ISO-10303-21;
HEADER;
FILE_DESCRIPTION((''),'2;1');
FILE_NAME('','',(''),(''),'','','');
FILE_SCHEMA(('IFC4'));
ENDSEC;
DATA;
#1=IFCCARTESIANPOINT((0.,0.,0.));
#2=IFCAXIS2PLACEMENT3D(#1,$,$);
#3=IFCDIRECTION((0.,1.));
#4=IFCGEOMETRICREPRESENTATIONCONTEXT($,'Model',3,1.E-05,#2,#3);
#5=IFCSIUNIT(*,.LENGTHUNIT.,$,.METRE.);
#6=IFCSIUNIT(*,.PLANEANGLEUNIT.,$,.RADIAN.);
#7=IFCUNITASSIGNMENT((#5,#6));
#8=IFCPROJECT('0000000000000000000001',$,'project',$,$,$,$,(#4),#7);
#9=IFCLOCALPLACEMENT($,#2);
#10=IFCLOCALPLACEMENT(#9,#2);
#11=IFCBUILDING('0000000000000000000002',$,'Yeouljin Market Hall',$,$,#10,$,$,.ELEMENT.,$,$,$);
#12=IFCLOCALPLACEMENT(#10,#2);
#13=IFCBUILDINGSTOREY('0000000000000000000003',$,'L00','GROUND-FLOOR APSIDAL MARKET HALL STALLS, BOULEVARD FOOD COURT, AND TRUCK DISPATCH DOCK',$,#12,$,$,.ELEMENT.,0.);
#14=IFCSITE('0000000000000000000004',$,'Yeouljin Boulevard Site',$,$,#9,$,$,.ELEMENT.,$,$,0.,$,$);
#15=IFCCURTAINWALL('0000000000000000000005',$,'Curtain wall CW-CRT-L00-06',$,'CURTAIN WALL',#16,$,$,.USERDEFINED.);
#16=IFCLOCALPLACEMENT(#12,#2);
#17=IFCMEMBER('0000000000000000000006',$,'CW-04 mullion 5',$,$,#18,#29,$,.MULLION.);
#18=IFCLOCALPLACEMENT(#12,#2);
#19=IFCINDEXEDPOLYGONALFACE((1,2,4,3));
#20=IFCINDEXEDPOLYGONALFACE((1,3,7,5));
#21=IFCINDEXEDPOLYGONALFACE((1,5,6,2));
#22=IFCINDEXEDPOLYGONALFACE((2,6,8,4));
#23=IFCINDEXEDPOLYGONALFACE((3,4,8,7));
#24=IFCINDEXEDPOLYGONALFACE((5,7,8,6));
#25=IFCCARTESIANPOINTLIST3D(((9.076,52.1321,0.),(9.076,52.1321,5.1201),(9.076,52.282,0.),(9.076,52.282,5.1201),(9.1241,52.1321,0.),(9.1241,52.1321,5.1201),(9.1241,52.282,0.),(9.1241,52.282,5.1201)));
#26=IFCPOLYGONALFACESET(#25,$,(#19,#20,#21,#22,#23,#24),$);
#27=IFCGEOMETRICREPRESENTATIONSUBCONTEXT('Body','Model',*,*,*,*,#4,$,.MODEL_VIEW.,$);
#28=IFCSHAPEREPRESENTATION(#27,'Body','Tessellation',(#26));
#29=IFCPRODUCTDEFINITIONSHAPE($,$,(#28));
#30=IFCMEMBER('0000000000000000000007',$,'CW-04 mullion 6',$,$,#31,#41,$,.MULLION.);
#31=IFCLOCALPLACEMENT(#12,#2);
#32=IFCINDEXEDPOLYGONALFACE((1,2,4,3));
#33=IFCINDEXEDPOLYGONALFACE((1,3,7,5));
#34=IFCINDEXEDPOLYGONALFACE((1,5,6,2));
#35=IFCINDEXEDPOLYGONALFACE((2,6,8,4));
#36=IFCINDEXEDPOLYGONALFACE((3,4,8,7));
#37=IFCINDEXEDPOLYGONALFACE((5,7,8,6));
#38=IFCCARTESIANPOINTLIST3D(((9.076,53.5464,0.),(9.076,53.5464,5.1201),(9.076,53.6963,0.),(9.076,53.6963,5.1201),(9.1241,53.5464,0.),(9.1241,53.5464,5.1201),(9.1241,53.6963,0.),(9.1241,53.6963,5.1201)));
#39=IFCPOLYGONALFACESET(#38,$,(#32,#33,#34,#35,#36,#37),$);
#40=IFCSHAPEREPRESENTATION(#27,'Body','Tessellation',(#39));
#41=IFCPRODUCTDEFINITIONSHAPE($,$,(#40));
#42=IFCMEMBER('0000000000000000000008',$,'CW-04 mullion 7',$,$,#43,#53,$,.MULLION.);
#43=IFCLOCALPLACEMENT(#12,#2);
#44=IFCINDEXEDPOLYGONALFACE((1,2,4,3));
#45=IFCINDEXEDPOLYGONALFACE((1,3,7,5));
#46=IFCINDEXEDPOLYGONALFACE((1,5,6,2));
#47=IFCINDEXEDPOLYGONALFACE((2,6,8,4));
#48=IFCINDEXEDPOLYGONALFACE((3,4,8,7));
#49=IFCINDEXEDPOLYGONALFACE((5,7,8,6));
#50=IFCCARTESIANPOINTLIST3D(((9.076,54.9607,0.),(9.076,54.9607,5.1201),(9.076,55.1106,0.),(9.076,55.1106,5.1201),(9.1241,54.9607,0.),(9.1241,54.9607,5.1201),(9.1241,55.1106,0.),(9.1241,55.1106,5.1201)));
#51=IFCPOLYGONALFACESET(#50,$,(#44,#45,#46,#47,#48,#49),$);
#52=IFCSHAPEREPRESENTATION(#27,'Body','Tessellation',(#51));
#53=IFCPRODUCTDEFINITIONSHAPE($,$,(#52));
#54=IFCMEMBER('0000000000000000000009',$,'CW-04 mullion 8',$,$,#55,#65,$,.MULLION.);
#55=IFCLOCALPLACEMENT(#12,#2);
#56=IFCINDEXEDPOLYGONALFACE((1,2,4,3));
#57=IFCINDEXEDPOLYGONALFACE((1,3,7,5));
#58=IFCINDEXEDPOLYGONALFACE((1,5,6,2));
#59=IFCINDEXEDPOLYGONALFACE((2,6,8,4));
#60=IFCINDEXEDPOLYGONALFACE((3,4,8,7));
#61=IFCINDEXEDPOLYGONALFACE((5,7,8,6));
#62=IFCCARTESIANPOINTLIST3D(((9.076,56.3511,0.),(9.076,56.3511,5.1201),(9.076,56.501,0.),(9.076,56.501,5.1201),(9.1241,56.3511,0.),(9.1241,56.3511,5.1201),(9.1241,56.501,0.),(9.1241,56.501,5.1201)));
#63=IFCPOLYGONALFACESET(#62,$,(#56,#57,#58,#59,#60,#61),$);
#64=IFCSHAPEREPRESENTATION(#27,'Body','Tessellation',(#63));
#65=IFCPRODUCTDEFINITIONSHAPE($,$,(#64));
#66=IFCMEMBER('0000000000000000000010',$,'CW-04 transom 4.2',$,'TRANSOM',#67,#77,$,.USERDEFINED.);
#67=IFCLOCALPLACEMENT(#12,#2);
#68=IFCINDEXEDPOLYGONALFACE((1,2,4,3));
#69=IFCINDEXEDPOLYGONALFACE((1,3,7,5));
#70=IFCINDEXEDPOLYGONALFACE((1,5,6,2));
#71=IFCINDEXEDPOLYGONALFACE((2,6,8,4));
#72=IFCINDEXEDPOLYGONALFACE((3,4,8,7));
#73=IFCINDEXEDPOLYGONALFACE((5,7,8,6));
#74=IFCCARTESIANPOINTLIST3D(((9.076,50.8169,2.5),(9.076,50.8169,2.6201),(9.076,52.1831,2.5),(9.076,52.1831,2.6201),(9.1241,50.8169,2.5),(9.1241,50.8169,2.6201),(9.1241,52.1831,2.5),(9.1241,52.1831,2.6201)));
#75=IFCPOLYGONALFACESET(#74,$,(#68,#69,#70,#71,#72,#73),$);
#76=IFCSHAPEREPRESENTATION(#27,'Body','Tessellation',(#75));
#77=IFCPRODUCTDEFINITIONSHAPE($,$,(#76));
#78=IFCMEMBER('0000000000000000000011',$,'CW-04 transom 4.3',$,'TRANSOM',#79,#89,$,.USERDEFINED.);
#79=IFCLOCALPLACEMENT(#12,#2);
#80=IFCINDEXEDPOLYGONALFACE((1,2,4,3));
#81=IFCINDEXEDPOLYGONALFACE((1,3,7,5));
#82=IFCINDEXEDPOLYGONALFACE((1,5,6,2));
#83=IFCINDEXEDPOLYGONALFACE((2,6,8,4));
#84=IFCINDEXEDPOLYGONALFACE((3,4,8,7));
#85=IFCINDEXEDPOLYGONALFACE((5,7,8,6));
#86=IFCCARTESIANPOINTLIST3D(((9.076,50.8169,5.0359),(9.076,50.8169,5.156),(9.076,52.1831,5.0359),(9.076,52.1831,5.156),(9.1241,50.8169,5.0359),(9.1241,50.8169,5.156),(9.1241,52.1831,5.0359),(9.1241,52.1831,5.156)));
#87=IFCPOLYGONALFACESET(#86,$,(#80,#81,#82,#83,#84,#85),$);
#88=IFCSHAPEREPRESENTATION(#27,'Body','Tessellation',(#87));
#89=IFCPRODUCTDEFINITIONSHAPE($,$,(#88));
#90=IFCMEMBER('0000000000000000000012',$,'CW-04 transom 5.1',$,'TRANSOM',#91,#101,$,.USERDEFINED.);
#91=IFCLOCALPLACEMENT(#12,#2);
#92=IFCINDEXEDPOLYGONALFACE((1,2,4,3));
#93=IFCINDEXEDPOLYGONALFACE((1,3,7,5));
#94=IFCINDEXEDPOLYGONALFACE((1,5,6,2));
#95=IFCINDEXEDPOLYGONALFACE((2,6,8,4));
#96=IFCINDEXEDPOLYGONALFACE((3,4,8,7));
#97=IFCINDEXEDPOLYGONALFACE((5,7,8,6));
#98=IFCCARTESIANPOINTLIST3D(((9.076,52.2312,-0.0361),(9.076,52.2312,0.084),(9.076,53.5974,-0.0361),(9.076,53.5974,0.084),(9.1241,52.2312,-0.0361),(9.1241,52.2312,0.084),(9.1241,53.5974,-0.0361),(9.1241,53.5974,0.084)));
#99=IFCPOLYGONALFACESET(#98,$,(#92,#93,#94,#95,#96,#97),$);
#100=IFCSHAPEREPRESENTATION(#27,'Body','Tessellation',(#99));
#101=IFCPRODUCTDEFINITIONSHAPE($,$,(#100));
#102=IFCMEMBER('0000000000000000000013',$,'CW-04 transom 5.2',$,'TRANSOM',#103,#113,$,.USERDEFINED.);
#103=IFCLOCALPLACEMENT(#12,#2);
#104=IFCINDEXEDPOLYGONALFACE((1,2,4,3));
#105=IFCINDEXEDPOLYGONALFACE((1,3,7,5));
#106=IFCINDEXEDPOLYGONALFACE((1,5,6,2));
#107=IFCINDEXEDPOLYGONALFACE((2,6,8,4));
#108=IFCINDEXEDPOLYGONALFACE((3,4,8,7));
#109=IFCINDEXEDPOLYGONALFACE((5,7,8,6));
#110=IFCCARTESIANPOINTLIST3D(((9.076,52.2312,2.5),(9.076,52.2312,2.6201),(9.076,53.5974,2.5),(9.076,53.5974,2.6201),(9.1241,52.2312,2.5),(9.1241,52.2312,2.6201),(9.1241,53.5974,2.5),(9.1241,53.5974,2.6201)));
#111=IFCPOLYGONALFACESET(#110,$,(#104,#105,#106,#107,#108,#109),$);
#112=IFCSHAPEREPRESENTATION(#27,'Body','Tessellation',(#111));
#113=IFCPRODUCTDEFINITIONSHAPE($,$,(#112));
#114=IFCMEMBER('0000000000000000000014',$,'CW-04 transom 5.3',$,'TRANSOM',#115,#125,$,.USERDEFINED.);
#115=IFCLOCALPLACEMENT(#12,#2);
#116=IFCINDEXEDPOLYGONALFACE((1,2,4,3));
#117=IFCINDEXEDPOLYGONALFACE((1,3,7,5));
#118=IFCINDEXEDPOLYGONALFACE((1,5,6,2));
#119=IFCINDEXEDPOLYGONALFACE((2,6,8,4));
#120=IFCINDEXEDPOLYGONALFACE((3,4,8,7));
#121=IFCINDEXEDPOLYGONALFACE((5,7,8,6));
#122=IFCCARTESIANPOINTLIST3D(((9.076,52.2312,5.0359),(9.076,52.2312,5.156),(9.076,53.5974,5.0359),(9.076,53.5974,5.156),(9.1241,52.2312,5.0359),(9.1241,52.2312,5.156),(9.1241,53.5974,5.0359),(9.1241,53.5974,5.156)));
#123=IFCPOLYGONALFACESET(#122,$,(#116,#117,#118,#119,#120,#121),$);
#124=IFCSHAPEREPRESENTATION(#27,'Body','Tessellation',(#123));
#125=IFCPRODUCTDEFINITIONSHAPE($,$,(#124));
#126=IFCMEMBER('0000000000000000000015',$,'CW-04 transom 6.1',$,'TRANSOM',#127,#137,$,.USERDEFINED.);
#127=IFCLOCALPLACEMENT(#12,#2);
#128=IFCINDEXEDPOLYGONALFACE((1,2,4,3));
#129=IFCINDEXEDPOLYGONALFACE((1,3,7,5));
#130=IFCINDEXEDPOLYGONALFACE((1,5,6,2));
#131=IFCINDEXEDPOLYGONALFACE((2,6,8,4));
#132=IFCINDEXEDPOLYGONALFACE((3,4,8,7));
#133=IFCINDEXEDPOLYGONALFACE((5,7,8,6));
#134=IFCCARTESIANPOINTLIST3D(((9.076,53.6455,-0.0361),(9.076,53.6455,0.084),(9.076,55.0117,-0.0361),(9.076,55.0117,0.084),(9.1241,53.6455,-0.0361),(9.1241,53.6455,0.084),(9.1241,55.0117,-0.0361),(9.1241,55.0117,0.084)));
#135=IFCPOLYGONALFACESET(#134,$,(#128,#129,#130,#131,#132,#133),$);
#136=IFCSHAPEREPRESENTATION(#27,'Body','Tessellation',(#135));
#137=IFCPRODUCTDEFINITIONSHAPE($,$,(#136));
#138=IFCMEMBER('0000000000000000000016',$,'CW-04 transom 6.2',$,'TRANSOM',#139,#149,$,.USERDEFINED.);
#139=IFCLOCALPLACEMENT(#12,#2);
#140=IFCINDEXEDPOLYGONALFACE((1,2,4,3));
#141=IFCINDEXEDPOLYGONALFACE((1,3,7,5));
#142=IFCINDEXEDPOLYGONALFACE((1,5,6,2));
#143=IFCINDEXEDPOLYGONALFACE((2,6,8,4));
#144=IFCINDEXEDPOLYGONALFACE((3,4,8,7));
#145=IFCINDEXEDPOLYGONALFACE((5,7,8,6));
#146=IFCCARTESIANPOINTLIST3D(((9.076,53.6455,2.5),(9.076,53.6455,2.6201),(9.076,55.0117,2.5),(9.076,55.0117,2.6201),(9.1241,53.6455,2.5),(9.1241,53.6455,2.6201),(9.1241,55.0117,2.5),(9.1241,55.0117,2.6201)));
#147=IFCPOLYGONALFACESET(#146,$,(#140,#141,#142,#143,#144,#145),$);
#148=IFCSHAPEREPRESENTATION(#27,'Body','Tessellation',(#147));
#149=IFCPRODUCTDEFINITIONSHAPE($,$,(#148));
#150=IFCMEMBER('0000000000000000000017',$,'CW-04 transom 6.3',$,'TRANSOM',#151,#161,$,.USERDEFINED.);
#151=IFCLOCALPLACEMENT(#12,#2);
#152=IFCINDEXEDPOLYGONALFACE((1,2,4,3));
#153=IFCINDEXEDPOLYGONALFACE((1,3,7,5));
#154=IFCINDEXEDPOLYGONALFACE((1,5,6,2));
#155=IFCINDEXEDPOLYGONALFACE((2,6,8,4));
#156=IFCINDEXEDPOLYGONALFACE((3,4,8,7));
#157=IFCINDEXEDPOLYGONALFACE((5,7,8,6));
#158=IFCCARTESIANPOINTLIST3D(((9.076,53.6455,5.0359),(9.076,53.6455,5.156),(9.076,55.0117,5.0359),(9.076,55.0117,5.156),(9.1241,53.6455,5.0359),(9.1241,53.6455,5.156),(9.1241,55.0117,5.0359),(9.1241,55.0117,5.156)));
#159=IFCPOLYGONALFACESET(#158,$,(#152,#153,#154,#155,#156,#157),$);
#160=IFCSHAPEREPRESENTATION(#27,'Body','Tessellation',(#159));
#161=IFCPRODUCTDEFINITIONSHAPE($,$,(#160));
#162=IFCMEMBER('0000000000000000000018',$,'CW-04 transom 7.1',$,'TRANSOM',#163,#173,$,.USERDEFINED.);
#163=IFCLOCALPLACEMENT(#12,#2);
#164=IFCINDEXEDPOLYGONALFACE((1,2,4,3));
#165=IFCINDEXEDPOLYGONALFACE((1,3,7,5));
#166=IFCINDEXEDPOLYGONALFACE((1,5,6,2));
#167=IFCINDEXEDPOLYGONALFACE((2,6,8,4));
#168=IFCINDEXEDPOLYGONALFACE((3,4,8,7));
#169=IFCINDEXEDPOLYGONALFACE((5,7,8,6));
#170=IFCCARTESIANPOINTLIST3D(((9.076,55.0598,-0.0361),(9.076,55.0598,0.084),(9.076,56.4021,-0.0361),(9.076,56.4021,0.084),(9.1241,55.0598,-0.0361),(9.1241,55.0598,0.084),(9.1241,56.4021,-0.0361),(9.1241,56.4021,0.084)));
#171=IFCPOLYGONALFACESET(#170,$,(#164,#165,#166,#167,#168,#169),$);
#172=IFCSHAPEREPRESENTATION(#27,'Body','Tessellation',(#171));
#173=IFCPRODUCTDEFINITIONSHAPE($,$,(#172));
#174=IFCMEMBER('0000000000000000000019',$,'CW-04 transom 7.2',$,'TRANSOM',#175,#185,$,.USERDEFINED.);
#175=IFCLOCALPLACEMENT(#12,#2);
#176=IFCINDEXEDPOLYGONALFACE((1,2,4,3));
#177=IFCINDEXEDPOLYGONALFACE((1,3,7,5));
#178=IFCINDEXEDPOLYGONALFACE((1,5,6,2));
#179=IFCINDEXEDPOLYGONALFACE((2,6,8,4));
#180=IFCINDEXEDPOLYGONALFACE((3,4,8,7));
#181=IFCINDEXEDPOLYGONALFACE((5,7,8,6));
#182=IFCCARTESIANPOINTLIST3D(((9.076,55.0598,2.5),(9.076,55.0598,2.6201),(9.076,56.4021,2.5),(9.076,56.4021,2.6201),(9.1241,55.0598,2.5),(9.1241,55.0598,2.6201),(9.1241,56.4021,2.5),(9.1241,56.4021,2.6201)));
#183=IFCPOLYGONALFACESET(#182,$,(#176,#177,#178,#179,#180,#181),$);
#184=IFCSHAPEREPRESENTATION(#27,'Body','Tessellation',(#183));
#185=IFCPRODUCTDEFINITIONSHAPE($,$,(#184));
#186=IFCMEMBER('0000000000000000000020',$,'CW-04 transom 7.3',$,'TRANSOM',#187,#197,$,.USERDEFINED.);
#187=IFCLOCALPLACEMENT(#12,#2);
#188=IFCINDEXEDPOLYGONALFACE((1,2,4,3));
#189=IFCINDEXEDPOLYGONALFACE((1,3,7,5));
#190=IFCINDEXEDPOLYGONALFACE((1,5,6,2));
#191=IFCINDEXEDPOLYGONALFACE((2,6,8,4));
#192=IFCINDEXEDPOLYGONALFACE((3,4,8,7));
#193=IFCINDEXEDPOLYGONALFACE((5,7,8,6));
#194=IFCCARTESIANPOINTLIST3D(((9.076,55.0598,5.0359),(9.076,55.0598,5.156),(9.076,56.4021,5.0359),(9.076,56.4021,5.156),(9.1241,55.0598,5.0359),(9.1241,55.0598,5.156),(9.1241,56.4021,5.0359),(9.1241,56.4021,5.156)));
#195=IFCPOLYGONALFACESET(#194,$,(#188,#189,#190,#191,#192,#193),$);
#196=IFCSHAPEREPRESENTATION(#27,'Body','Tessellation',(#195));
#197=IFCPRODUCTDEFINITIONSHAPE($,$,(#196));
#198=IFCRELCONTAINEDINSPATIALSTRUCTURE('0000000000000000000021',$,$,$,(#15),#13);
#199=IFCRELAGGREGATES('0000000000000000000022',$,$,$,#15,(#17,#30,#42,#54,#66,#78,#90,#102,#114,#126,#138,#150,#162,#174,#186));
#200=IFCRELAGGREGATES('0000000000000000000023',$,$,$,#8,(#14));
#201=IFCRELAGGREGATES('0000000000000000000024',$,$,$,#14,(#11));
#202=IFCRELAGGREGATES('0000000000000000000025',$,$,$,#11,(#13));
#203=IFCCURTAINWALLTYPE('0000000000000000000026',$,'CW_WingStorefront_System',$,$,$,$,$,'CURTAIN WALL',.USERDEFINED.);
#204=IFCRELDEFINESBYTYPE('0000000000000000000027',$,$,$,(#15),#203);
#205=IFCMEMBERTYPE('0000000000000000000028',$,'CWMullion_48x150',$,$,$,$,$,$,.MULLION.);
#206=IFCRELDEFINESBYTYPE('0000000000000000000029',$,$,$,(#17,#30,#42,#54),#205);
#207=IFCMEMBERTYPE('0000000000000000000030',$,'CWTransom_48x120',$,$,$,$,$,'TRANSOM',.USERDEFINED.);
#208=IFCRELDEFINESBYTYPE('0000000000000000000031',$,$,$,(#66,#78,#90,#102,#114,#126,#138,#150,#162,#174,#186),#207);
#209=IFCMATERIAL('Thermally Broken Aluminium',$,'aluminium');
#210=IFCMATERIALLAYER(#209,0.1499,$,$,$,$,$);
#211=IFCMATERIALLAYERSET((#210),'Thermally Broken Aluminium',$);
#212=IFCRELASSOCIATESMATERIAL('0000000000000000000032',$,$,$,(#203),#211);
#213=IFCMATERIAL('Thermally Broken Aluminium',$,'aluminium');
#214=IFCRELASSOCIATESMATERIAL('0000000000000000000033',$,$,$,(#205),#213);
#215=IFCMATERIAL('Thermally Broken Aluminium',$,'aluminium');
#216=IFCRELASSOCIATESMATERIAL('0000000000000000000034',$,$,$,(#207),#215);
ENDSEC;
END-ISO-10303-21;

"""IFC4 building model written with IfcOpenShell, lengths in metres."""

from ifc_helpers import new_model, si_unit, direction, frame, origin, origin_2d, place, context, subcontext, project, spatial, rectangle, extrude, material, layer, layer_set, material_profile, profile_set, type_object, element, aggregate, save


model = new_model("IFC4")

# Units and contexts
model_context = context("Model", 3, precision=1e-05, world=origin(), true_north=direction((0.0, 1.0)))
body_context = subcontext(model_context, "Body", "Model", "MODEL_VIEW")
ifc_project = project(units=[si_unit("LENGTHUNIT", "METRE"), si_unit("PLANEANGLEUNIT", "RADIAN")], contexts=[model_context])

# Site, building, storey
site_placement = place(None, origin())
site = spatial("IfcSite", under=ifc_project, at=site_placement, Name="Yeouljin Boulevard Site", CompositionType="ELEMENT", RefElevation=0.0)
building_placement = place(site_placement, origin())
building = spatial("IfcBuilding", under=site, at=building_placement, Name="Yeouljin Market Hall", CompositionType="ELEMENT")
storey_placement = place(building_placement, origin())
storey = spatial("IfcBuildingStorey", under=building, at=storey_placement, Name="L00", Description="GROUND-FLOOR APSIDAL MARKET HALL STALLS, BOULEVARD FOOD COURT, AND TRUCK DISPATCH DOCK", CompositionType="ELEMENT", Elevation=0.0)

# Curtain wall, members
ifc_material_1 = material(Name="Thermally Broken Aluminium", Category="aluminium")
ifc_layer_1 = layer(ifc_material_1, 0.1499)
ifc_layer_set_1 = layer_set([ifc_layer_1], Name="Thermally Broken Aluminium")
curtain_wall_type_1 = type_object("IfcCurtainWallType", Name="CW_WingStorefront_System", ElementType="CURTAIN WALL", PredefinedType="USERDEFINED", material=ifc_layer_set_1)
curtain_wall_1_placement = place(storey_placement, origin())
curtain_wall_1 = element("IfcCurtainWall", 1, at=curtain_wall_1_placement, inside=storey, type_object=curtain_wall_type_1, Name="Curtain wall CW-CRT-L00-06", ObjectType="CURTAIN WALL", PredefinedType="USERDEFINED")
ifc_material_2 = material(Name="Thermally Broken Aluminium", Category="aluminium")
ifc_material_profile_1 = material_profile(ifc_material_2, rectangle(XDim=0.0481, YDim=0.1499, at=origin_2d()), Name="CW-MULL-48x150")
ifc_profile_set_1 = profile_set([ifc_material_profile_1], Name="Thermally Broken Aluminium")
member_type_1 = type_object("IfcMemberType", Name="CWMullion_48x150", PredefinedType="MULLION", material=ifc_profile_set_1)
member_1_placement = place(storey_placement, frame((9.1001, 52.207, 0.0), z_axis=(0.0, 0.0, 1.0), x_axis=(-1.0, 0.0, 0.0)))
member_1 = element("IfcMember", 2, at=member_1_placement, type_object=member_type_1, Name="CW-04 mullion 5", PredefinedType="MULLION", context=body_context, shape_type="SweptSolid", body=[
    extrude(rectangle(XDim=0.0481, YDim=0.1499, at=origin_2d()), origin(), (0.0, 0.0, 1.0), 5.1201),
])
member_2_placement = place(storey_placement, frame((9.1001, 53.6213, 0.0), z_axis=(0.0, 0.0, 1.0), x_axis=(-1.0, 0.0, 0.0)))
member_2 = element("IfcMember", 3, at=member_2_placement, type_object=member_type_1, Name="CW-04 mullion 6", PredefinedType="MULLION", context=body_context, shape_type="SweptSolid", body=[
    extrude(rectangle(XDim=0.0481, YDim=0.1499, at=origin_2d()), origin(), (0.0, 0.0, 1.0), 5.1201),
])
member_3_placement = place(storey_placement, frame((9.1001, 55.0356, 0.0), z_axis=(0.0, 0.0, 1.0), x_axis=(-1.0, 0.0, 0.0)))
member_3 = element("IfcMember", 4, at=member_3_placement, type_object=member_type_1, Name="CW-04 mullion 7", PredefinedType="MULLION", context=body_context, shape_type="SweptSolid", body=[
    extrude(rectangle(XDim=0.0481, YDim=0.1499, at=origin_2d()), origin(), (0.0, 0.0, 1.0), 5.1201),
])
member_4_placement = place(storey_placement, frame((9.1001, 56.426, 0.0), z_axis=(0.0, 0.0, 1.0), x_axis=(-1.0, 0.0, 0.0)))
member_4 = element("IfcMember", 5, at=member_4_placement, type_object=member_type_1, Name="CW-04 mullion 8", PredefinedType="MULLION", context=body_context, shape_type="SweptSolid", body=[
    extrude(rectangle(XDim=0.0481, YDim=0.1499, at=origin_2d()), origin(), (0.0, 0.0, 1.0), 5.1201),
])
ifc_material_3 = material(Name="Thermally Broken Aluminium", Category="aluminium")
ifc_material_profile_2 = material_profile(ifc_material_3, rectangle(XDim=0.0481, YDim=0.1201, at=origin_2d()), Name="CW-TRAN-48x120")
ifc_profile_set_2 = profile_set([ifc_material_profile_2], Name="Thermally Broken Aluminium")
member_type_2 = type_object("IfcMemberType", Name="CWTransom_48x120", ElementType="TRANSOM", PredefinedType="USERDEFINED", material=ifc_profile_set_2)
member_5_placement = place(storey_placement, frame((9.1001, 50.8169, 2.5601), z_axis=(0.0, 1.0, 0.0), x_axis=(-1.0, 0.0, 0.0)))
member_5 = element("IfcMember", 6, at=member_5_placement, type_object=member_type_2, Name="CW-04 transom 4.2", ObjectType="TRANSOM", PredefinedType="USERDEFINED", context=body_context, shape_type="SweptSolid", body=[
    extrude(rectangle(XDim=0.0481, YDim=0.1201, at=origin_2d()), origin(), (0.0, 0.0, 1.0), 1.3662),
])
member_6_placement = place(storey_placement, frame((9.1001, 50.8169, 5.0959), z_axis=(0.0, 1.0, 0.0), x_axis=(-1.0, 0.0, 0.0)))
member_6 = element("IfcMember", 7, at=member_6_placement, type_object=member_type_2, Name="CW-04 transom 4.3", ObjectType="TRANSOM", PredefinedType="USERDEFINED", context=body_context, shape_type="SweptSolid", body=[
    extrude(rectangle(XDim=0.0481, YDim=0.1201, at=origin_2d()), origin(), (0.0, 0.0, 1.0), 1.3662),
])
member_7_placement = place(storey_placement, frame((9.1001, 52.2312, 0.0239), z_axis=(0.0, 1.0, 0.0), x_axis=(-1.0, 0.0, 0.0)))
member_7 = element("IfcMember", 8, at=member_7_placement, type_object=member_type_2, Name="CW-04 transom 5.1", ObjectType="TRANSOM", PredefinedType="USERDEFINED", context=body_context, shape_type="SweptSolid", body=[
    extrude(rectangle(XDim=0.0481, YDim=0.1201, at=origin_2d()), origin(), (0.0, 0.0, 1.0), 1.3662),
])
member_8_placement = place(storey_placement, frame((9.1001, 52.2312, 2.5601), z_axis=(0.0, 1.0, 0.0), x_axis=(-1.0, 0.0, 0.0)))
member_8 = element("IfcMember", 9, at=member_8_placement, type_object=member_type_2, Name="CW-04 transom 5.2", ObjectType="TRANSOM", PredefinedType="USERDEFINED", context=body_context, shape_type="SweptSolid", body=[
    extrude(rectangle(XDim=0.0481, YDim=0.1201, at=origin_2d()), origin(), (0.0, 0.0, 1.0), 1.3662),
])
member_9_placement = place(storey_placement, frame((9.1001, 52.2312, 5.0959), z_axis=(0.0, 1.0, 0.0), x_axis=(-1.0, 0.0, 0.0)))
member_9 = element("IfcMember", 10, at=member_9_placement, type_object=member_type_2, Name="CW-04 transom 5.3", ObjectType="TRANSOM", PredefinedType="USERDEFINED", context=body_context, shape_type="SweptSolid", body=[
    extrude(rectangle(XDim=0.0481, YDim=0.1201, at=origin_2d()), origin(), (0.0, 0.0, 1.0), 1.3662),
])
member_10_placement = place(storey_placement, frame((9.1001, 53.6455, 0.0239), z_axis=(0.0, 1.0, 0.0), x_axis=(-1.0, 0.0, 0.0)))
member_10 = element("IfcMember", 11, at=member_10_placement, type_object=member_type_2, Name="CW-04 transom 6.1", ObjectType="TRANSOM", PredefinedType="USERDEFINED", context=body_context, shape_type="SweptSolid", body=[
    extrude(rectangle(XDim=0.0481, YDim=0.1201, at=origin_2d()), origin(), (0.0, 0.0, 1.0), 1.3662),
])
member_11_placement = place(storey_placement, frame((9.1001, 53.6455, 2.5601), z_axis=(0.0, 1.0, 0.0), x_axis=(-1.0, 0.0, 0.0)))
member_11 = element("IfcMember", 12, at=member_11_placement, type_object=member_type_2, Name="CW-04 transom 6.2", ObjectType="TRANSOM", PredefinedType="USERDEFINED", context=body_context, shape_type="SweptSolid", body=[
    extrude(rectangle(XDim=0.0481, YDim=0.1201, at=origin_2d()), origin(), (0.0, 0.0, 1.0), 1.3662),
])
member_12_placement = place(storey_placement, frame((9.1001, 53.6455, 5.0959), z_axis=(0.0, 1.0, 0.0), x_axis=(-1.0, 0.0, 0.0)))
member_12 = element("IfcMember", 13, at=member_12_placement, type_object=member_type_2, Name="CW-04 transom 6.3", ObjectType="TRANSOM", PredefinedType="USERDEFINED", context=body_context, shape_type="SweptSolid", body=[
    extrude(rectangle(XDim=0.0481, YDim=0.1201, at=origin_2d()), origin(), (0.0, 0.0, 1.0), 1.3662),
])
member_13_placement = place(storey_placement, frame((9.1001, 55.0598, 0.0239), z_axis=(0.0, 1.0, 0.0), x_axis=(-1.0, 0.0, 0.0)))
member_13 = element("IfcMember", 14, at=member_13_placement, type_object=member_type_2, Name="CW-04 transom 7.1", ObjectType="TRANSOM", PredefinedType="USERDEFINED", context=body_context, shape_type="SweptSolid", body=[
    extrude(rectangle(XDim=0.0481, YDim=0.1201, at=origin_2d()), origin(), (0.0, 0.0, 1.0), 1.3423),
])
member_14_placement = place(storey_placement, frame((9.1001, 55.0598, 2.5601), z_axis=(0.0, 1.0, 0.0), x_axis=(-1.0, 0.0, 0.0)))
member_14 = element("IfcMember", 15, at=member_14_placement, type_object=member_type_2, Name="CW-04 transom 7.2", ObjectType="TRANSOM", PredefinedType="USERDEFINED", context=body_context, shape_type="SweptSolid", body=[
    extrude(rectangle(XDim=0.0481, YDim=0.1201, at=origin_2d()), origin(), (0.0, 0.0, 1.0), 1.3423),
])
member_15_placement = place(storey_placement, frame((9.1001, 55.0598, 5.0959), z_axis=(0.0, 1.0, 0.0), x_axis=(-1.0, 0.0, 0.0)))
member_15 = element("IfcMember", 16, at=member_15_placement, type_object=member_type_2, Name="CW-04 transom 7.3", ObjectType="TRANSOM", PredefinedType="USERDEFINED", context=body_context, shape_type="SweptSolid", body=[
    extrude(rectangle(XDim=0.0481, YDim=0.1201, at=origin_2d()), origin(), (0.0, 0.0, 1.0), 1.3423),
])

aggregate(curtain_wall_1, [member_1, member_2, member_3, member_4, member_5, member_6, member_7, member_8, member_9, member_10, member_11, member_12, member_13, member_14, member_15])

save(model, "model.ifc")
